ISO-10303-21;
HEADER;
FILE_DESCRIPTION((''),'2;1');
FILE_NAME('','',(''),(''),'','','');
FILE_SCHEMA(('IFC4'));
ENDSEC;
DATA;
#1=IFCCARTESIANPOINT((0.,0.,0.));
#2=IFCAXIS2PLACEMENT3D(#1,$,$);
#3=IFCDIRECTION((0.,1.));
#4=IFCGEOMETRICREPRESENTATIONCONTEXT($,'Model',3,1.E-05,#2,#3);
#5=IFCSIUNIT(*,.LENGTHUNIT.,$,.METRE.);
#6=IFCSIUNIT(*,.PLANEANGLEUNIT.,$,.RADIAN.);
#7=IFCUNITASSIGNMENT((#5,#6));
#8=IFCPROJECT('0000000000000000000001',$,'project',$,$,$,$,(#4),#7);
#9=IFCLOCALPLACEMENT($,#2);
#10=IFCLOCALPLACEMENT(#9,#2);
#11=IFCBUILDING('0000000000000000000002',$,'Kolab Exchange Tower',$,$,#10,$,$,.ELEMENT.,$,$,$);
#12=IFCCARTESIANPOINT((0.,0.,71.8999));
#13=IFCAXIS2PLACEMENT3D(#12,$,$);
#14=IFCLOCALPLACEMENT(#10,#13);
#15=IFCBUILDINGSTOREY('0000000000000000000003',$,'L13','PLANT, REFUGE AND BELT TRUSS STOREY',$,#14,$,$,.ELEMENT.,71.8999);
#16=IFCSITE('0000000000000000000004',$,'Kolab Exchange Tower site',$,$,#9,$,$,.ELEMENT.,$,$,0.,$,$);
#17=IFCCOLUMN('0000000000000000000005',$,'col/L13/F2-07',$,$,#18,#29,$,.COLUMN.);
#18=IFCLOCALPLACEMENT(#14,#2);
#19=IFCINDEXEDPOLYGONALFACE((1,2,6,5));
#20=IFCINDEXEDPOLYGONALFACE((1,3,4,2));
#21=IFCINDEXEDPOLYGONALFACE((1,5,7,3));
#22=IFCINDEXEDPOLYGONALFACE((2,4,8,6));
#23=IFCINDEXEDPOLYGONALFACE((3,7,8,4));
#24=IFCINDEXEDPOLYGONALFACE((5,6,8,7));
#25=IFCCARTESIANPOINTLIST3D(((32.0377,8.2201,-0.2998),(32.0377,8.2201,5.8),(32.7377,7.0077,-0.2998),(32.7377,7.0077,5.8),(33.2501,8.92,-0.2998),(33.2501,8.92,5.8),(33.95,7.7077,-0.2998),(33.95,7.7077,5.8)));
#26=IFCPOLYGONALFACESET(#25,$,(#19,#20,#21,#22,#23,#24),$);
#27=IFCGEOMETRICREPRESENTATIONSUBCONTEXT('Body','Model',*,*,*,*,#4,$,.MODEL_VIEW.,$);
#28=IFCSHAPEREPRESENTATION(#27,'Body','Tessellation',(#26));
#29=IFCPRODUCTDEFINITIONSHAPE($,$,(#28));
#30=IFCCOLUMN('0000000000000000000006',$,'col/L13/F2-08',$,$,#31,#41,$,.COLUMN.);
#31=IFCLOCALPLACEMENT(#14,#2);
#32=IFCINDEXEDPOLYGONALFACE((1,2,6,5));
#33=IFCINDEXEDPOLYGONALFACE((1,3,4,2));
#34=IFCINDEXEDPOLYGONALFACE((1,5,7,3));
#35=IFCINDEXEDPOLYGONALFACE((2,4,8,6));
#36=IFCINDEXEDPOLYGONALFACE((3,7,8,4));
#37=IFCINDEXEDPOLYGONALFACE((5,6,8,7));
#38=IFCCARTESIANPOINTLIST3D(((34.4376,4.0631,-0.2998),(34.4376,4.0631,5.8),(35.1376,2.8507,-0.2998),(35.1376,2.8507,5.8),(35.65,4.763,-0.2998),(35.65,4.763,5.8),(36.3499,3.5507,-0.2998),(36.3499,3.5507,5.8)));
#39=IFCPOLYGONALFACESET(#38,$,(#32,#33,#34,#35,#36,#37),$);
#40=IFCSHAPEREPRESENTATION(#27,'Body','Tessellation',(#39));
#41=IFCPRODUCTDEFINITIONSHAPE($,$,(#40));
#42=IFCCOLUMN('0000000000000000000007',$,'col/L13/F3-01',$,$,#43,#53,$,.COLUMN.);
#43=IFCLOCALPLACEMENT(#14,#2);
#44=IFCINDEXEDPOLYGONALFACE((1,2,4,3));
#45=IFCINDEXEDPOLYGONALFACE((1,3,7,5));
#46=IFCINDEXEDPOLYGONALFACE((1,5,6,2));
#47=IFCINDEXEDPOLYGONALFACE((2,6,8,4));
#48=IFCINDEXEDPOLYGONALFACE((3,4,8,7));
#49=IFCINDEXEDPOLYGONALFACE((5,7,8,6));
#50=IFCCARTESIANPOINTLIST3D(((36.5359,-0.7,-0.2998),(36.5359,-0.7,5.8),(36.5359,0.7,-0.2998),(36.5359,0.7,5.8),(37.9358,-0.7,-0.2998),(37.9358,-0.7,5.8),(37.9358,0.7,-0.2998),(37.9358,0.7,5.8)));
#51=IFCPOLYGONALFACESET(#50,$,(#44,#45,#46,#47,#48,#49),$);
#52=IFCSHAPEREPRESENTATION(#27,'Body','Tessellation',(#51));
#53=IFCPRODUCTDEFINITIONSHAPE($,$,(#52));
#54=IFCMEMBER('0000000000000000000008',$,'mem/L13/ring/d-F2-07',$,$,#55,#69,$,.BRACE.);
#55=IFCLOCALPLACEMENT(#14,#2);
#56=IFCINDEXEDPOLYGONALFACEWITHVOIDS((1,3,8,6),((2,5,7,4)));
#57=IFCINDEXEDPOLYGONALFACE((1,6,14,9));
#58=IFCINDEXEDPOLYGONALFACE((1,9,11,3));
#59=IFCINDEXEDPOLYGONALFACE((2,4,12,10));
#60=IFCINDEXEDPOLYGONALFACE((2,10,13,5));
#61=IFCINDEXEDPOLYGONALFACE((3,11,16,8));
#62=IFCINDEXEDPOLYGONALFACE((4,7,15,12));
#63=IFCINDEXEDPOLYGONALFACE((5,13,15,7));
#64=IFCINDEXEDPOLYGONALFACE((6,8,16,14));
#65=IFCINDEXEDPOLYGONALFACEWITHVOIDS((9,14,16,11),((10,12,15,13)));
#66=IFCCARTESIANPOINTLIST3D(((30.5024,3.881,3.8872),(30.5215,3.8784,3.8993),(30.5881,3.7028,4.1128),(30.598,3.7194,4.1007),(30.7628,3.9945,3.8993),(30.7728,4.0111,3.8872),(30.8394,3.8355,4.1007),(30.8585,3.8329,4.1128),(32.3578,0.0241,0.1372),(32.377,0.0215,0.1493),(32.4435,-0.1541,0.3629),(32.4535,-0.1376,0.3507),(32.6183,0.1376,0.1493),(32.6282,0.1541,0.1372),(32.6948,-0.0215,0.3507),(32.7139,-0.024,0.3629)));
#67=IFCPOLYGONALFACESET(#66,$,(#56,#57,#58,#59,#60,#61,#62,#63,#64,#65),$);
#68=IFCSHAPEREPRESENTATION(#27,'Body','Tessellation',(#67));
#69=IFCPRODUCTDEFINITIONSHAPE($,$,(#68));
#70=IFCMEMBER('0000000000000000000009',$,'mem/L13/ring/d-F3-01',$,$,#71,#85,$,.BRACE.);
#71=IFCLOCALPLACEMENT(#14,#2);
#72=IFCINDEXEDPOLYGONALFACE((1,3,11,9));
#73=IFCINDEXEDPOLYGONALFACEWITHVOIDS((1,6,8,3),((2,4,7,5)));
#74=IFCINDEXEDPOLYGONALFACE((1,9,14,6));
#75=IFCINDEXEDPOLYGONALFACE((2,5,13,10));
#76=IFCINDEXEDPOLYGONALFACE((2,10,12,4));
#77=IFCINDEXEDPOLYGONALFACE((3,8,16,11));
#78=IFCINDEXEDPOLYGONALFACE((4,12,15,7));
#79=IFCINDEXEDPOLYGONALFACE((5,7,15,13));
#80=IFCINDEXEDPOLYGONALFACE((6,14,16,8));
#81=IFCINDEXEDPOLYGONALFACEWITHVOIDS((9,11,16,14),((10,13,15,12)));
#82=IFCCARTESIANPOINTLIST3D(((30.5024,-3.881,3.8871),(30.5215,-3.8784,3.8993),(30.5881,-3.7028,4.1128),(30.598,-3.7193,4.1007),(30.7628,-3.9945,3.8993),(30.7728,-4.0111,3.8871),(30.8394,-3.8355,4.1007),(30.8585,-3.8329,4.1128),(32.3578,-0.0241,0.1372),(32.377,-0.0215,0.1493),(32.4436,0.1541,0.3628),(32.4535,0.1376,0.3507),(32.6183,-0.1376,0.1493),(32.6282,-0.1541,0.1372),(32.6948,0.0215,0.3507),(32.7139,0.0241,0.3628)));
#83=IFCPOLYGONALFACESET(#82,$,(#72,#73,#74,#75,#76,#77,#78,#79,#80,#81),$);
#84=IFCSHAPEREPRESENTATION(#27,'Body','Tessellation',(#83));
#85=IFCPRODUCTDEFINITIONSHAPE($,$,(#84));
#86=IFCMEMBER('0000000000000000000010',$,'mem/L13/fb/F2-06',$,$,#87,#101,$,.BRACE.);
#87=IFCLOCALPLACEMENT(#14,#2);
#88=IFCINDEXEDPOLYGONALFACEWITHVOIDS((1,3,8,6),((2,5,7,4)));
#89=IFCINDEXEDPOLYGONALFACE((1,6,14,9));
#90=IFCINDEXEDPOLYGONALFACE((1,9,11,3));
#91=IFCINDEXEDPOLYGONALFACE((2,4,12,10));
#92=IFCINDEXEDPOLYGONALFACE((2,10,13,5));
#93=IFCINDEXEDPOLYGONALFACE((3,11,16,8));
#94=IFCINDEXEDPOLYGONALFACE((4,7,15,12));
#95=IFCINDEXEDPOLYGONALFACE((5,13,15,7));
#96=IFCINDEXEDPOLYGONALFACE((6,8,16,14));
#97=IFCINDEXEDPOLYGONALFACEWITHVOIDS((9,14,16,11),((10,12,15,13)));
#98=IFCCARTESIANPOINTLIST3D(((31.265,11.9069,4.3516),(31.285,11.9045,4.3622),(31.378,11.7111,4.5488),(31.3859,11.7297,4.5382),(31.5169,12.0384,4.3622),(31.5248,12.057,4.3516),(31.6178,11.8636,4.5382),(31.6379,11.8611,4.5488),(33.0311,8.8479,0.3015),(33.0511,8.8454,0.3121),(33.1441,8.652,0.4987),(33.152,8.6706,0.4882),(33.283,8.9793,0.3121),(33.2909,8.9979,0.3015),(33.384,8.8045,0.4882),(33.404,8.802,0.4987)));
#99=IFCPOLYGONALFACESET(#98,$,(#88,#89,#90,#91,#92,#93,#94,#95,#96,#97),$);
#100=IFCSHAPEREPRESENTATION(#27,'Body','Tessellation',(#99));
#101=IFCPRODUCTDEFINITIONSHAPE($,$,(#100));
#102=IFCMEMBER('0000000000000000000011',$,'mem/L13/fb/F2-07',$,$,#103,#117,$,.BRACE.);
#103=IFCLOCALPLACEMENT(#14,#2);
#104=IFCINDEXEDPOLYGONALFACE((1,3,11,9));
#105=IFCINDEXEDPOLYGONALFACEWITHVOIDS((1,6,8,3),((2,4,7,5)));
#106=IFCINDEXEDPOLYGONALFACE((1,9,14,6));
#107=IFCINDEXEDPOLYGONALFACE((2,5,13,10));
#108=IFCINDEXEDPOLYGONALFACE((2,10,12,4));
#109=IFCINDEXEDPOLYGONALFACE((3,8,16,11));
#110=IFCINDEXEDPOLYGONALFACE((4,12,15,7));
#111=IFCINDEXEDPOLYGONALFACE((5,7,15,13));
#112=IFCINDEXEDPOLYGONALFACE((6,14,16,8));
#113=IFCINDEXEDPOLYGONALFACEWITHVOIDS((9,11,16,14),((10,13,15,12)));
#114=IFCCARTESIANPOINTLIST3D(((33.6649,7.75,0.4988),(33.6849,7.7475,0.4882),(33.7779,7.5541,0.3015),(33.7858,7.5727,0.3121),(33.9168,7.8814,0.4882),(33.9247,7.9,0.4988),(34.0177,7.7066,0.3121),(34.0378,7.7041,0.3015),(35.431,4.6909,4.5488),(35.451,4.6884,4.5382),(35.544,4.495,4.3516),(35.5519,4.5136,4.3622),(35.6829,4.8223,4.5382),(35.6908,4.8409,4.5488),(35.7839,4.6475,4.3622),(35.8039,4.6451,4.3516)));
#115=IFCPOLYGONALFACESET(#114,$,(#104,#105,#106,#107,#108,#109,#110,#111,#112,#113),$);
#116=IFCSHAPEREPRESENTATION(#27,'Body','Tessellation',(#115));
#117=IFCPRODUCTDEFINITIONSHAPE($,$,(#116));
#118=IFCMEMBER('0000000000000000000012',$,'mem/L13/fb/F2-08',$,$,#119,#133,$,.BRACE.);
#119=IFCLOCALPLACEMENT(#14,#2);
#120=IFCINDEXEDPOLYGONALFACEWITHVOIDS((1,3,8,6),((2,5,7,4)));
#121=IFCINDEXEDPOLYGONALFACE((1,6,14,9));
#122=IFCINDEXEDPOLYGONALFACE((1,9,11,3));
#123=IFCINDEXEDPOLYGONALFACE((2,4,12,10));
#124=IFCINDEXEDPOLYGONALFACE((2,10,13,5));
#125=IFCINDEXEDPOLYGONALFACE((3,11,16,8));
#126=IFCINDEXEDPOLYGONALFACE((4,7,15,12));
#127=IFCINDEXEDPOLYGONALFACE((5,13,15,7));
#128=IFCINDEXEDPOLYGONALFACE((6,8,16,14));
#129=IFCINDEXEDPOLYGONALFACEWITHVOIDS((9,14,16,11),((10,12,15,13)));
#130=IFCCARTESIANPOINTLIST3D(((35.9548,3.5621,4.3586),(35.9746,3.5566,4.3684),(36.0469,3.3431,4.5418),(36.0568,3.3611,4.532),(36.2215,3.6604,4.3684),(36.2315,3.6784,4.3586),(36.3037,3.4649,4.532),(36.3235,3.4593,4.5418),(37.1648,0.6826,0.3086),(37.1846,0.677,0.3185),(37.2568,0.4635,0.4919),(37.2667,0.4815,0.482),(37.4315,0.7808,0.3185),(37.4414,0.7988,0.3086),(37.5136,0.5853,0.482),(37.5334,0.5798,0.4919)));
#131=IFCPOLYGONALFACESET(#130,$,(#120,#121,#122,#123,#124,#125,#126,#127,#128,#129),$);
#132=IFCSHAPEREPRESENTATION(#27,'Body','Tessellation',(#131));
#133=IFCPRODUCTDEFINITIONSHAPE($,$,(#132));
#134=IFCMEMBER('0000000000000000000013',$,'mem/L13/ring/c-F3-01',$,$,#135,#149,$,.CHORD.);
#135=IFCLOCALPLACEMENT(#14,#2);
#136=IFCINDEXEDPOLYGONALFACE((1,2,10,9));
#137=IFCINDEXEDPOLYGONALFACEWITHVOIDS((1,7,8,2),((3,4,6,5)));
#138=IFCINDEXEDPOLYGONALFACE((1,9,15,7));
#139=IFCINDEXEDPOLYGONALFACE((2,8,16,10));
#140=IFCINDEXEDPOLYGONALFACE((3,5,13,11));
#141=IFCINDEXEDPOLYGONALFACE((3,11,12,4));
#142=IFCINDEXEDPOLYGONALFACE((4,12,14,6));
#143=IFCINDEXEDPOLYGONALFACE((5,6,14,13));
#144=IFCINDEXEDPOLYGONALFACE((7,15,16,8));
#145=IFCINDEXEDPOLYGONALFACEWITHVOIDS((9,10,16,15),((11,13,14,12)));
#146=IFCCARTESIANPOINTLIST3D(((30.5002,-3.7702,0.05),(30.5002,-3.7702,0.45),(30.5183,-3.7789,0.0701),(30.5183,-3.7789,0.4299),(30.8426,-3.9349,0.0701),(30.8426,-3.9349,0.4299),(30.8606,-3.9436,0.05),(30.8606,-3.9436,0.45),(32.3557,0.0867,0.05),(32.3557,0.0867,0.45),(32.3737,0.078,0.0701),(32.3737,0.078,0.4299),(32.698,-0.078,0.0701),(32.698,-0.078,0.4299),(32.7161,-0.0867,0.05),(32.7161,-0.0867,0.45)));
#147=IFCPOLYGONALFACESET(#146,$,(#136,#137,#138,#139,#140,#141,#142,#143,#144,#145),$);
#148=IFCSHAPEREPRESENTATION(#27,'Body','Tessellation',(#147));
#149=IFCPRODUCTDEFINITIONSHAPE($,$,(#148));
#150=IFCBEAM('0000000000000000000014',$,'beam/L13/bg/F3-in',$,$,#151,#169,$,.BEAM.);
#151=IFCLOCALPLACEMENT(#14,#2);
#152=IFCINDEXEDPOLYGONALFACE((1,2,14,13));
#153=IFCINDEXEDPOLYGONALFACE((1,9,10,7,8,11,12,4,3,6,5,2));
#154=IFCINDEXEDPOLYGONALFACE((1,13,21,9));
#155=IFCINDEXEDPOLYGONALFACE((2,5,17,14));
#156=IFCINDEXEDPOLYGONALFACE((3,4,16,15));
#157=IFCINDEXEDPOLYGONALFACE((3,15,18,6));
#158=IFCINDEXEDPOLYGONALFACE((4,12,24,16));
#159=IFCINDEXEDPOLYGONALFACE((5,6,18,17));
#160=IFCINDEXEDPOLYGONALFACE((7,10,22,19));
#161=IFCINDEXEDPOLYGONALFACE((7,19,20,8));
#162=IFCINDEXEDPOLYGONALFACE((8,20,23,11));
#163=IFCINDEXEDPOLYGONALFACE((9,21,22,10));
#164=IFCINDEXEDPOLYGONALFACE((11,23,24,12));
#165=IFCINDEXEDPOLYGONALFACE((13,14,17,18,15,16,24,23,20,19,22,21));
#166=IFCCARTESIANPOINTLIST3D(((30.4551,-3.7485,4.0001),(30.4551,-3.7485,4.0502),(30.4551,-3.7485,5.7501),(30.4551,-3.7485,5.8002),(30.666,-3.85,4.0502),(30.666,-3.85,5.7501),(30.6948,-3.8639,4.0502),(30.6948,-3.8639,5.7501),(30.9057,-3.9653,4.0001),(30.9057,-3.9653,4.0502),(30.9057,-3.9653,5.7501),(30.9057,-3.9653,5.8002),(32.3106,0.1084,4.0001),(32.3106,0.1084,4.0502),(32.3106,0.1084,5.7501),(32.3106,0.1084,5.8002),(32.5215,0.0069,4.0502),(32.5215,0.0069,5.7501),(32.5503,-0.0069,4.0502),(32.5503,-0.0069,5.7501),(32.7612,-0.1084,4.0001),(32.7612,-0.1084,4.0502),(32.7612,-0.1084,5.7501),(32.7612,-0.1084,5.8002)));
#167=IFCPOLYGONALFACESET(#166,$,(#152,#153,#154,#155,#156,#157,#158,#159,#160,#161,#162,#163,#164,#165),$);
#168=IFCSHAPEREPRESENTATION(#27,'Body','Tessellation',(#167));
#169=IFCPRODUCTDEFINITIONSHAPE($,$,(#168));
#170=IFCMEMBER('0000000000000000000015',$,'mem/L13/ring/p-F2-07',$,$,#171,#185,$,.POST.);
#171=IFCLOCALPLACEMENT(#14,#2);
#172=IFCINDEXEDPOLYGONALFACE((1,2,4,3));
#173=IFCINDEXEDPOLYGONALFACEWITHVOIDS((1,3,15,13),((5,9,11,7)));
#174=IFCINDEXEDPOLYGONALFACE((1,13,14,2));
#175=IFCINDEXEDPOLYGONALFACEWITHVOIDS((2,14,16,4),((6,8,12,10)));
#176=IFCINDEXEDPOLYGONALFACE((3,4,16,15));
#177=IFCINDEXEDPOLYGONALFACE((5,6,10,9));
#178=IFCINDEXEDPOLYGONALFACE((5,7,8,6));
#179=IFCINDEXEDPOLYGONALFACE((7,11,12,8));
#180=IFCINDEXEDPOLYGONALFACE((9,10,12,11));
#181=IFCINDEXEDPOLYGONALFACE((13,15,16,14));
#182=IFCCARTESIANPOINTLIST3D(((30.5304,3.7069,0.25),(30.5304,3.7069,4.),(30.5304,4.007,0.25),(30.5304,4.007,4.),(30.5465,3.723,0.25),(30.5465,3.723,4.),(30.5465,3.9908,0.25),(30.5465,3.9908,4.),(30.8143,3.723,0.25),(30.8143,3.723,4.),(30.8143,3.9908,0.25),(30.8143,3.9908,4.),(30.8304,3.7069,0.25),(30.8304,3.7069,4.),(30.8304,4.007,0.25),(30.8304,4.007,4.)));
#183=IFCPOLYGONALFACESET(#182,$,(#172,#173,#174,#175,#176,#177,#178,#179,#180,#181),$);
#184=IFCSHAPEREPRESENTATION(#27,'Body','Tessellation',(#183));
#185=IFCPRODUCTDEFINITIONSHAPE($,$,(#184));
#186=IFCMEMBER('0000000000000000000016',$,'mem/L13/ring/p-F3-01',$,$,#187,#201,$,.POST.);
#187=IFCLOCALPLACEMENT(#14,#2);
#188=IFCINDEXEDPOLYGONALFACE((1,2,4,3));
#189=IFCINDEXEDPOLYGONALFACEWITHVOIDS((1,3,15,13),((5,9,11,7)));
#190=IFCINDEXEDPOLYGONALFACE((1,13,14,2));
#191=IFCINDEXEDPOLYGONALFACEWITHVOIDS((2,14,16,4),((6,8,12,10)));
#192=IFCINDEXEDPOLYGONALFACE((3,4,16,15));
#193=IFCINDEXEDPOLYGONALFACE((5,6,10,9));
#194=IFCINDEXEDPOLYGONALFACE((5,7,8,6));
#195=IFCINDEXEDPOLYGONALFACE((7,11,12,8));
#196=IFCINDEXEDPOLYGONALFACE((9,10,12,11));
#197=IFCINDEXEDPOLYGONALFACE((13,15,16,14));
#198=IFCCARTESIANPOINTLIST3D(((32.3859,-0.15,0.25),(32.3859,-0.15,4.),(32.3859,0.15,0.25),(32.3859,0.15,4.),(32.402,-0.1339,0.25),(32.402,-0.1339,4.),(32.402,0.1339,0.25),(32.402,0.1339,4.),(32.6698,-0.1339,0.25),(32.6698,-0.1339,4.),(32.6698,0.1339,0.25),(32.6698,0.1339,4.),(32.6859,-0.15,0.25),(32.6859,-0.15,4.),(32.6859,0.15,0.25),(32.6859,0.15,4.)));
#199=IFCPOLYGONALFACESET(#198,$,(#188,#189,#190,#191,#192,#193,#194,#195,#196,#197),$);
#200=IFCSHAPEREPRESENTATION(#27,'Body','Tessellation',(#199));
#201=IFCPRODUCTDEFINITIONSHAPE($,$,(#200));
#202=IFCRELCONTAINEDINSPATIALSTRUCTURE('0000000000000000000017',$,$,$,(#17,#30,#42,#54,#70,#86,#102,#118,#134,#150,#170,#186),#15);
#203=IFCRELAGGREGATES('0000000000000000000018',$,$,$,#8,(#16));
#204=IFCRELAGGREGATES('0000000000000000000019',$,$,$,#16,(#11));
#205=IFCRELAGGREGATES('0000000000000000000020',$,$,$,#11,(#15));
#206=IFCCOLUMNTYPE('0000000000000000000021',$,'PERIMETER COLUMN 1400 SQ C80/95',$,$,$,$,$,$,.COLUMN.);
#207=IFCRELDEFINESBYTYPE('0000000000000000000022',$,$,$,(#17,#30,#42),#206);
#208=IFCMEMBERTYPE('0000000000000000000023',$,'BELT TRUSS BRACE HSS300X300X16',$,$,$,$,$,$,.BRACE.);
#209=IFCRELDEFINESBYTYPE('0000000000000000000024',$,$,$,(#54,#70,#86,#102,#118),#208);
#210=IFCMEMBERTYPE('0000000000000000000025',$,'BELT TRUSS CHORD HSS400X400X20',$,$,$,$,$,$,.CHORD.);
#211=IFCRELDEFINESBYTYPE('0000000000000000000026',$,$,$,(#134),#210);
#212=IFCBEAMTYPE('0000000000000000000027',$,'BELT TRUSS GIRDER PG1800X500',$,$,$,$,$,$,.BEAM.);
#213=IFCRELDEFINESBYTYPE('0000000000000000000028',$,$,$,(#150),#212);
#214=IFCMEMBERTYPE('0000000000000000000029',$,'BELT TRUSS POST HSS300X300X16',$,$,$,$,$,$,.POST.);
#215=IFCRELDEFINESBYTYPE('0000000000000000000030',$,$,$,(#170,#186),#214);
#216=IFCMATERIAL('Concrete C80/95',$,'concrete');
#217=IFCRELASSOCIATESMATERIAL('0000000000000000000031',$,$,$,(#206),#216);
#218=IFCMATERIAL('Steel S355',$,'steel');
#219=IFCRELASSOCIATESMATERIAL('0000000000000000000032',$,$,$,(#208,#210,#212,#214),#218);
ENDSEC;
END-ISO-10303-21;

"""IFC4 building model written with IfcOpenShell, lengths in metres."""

from ifc_helpers import new_model, si_unit, direction, frame, origin, origin_2d, place, context, subcontext, project, spatial, rectangle, hollow_rectangle, i_section, extrude, material, material_profile, profile_set, type_object, element, save


model = new_model("IFC4")

# Units and contexts
model_context = context("Model", 3, precision=1e-05, world=origin(), true_north=direction((0.0, 1.0)))
body_context = subcontext(model_context, "Body", "Model", "MODEL_VIEW")
ifc_project = project(units=[si_unit("LENGTHUNIT", "METRE"), si_unit("PLANEANGLEUNIT", "RADIAN")], contexts=[model_context])

# Site, building, storey
site_placement = place(None, origin())
site = spatial("IfcSite", under=ifc_project, at=site_placement, Name="Kolab Exchange Tower site", CompositionType="ELEMENT", RefElevation=0.0)
building_placement = place(site_placement, origin())
building = spatial("IfcBuilding", under=site, at=building_placement, Name="Kolab Exchange Tower", CompositionType="ELEMENT")
storey_placement = place(building_placement, frame((0.0, 0.0, 71.8999)))
storey = spatial("IfcBuildingStorey", under=building, at=storey_placement, Name="L13", Description="PLANT, REFUGE AND BELT TRUSS STOREY", CompositionType="ELEMENT", Elevation=71.8999)

# Columns
ifc_material_1 = material(Name="Concrete C80/95", Category="concrete")
ifc_material_profile_1 = material_profile(ifc_material_1, rectangle(XDim=1.3999, YDim=1.3999, at=origin_2d()), Name="RC1400")
ifc_profile_set_1 = profile_set([ifc_material_profile_1], Name="Concrete C80/95")
column_type = type_object("IfcColumnType", Name="PERIMETER COLUMN 1400 SQ C80/95", PredefinedType="COLUMN", material=ifc_profile_set_1)
for number, where, z_axis, x_axis, name in (
    (1, (32.9939, 7.9639, -0.2998), (0.0, 0.0, 1.0), (0.866025, 0.5, 0.0), "col/L13/F2-07"),
    (2, (35.3938, 3.8069, -0.2998), (0.0, 0.0, 1.0), (0.866025, 0.5, 0.0), "col/L13/F2-08"),
    (3, (37.2358, 0.0, -0.2998), (0.0, 0.0, 1.0), (1.0, 0.0, 0.0), "col/L13/F3-01"),
):
    element("IfcColumn", number, at=place(storey_placement, frame(where, z_axis=z_axis, x_axis=x_axis)), inside=storey, type_object=column_type, Name=name, PredefinedType="COLUMN", context=body_context, shape_type="SweptSolid", body=[
        extrude(rectangle(XDim=1.3999, YDim=1.3999, at=origin_2d()), origin(), (0.0, 0.0, 1.0), 6.0999),
    ])

# Members
ifc_material_2 = material(Name="Steel S355", Category="steel")
ifc_material_profile_2 = material_profile(ifc_material_2, hollow_rectangle(XDim=0.3, YDim=0.3, WallThickness=0.0161, at=origin_2d()), Name="HSS300X300X16")
ifc_profile_set_2 = profile_set([ifc_material_profile_2], Name="Steel S355")
member_type_1 = type_object("IfcMemberType", Name="BELT TRUSS BRACE HSS300X300X16", PredefinedType="BRACE", material=ifc_profile_set_2)
for number, where, z_axis, x_axis, name in (
    (4, (30.6804, 3.8569, 4.0), (0.326067, -0.677791, -0.658999), (0.901145, 0.433517, 0.0), "mem/L13/ring/d-F2-07"),
    (5, (32.5359, 0.0, 0.25), (-0.326067, -0.677791, 0.658999), (0.901145, -0.433517, 0.0), "mem/L13/ring/d-F3-01"),
):
    element("IfcMember", number, at=place(storey_placement, frame(where, z_axis=z_axis, x_axis=x_axis)), inside=storey, type_object=member_type_1, Name=name, PredefinedType="BRACE", context=body_context, shape_type="SweptSolid", body=[
        extrude(hollow_rectangle(XDim=0.3, YDim=0.3, WallThickness=0.0161, at=origin_2d()), origin(), (0.0, 0.0, 1.0), 5.6904),
    ])
for number, where, z_axis, x_axis, name in (
    (6, (31.4514, 11.884, 4.4502), (0.328639, -0.569236, -0.753636), (0.866031, 0.49999, 0.0), "mem/L13/fb/F2-06"),
    (7, (33.8513, 7.7271, 0.4001), (0.328639, -0.569236, 0.753636), (0.866031, 0.49999, 0.0), "mem/L13/fb/F2-07"),
):
    element("IfcMember", number, at=place(storey_placement, frame(where, z_axis=z_axis, x_axis=x_axis)), inside=storey, type_object=member_type_1, Name=name, PredefinedType="BRACE", context=body_context, shape_type="SweptSolid", body=[
        extrude(hollow_rectangle(XDim=0.3, YDim=0.3, WallThickness=0.0161, at=origin_2d()), origin(), (0.0, 0.0, 1.0), 5.374),
    ])
member_1_placement = place(storey_placement, frame((36.1392, 3.5107, 4.4502), z_axis=(0.23657, -0.563022, -0.791859), x_axis=(0.921923, 0.387372, 0.0)))
element("IfcMember", 8, at=member_1_placement, inside=storey, type_object=member_type_1, Name="mem/L13/fb/F2-08", PredefinedType="BRACE", context=body_context, shape_type="SweptSolid", body=[
    extrude(hollow_rectangle(XDim=0.3, YDim=0.3, WallThickness=0.0161, at=origin_2d()), origin(), (0.0, 0.0, 1.0), 5.1145),
])
ifc_material_profile_3 = material_profile(ifc_material_2, hollow_rectangle(XDim=0.3999, YDim=0.3999, WallThickness=0.02, at=origin_2d()), Name="HSS400X400X20")
ifc_profile_set_3 = profile_set([ifc_material_profile_3], Name="Steel S355")
member_type_2 = type_object("IfcMemberType", Name="BELT TRUSS CHORD HSS400X400X20", PredefinedType="CHORD", material=ifc_profile_set_3)
member_2_placement = place(storey_placement, frame((32.5359, 0.0, 0.25), z_axis=(-0.433517, -0.901145, 0.0), x_axis=(0.901145, -0.433517, 0.0)))
element("IfcMember", 9, at=member_2_placement, inside=storey, type_object=member_type_2, Name="mem/L13/ring/c-F3-01", PredefinedType="CHORD", context=body_context, shape_type="SweptSolid", body=[
    extrude(hollow_rectangle(XDim=0.3999, YDim=0.3999, WallThickness=0.02, at=origin_2d()), origin(), (0.0, 0.0, 1.0), 4.28),
])

# Beam
ifc_material_profile_4 = material_profile(ifc_material_2, i_section(OverallWidth=0.5, OverallDepth=1.8, WebThickness=0.032, FlangeThickness=0.05, at=origin_2d()), Name="PG1800X500")
ifc_profile_set_4 = profile_set([ifc_material_profile_4], Name="Steel S355")
beam_type_1 = type_object("IfcBeamType", Name="BELT TRUSS GIRDER PG1800X500", PredefinedType="BEAM", material=ifc_profile_set_4)
beam_1_placement = place(storey_placement, frame((32.5359, 0.0, 4.9001), z_axis=(-0.433517, -0.901145, 0.0), x_axis=(0.901145, -0.433517, 0.0)))
element("IfcBeam", 10, at=beam_1_placement, inside=storey, type_object=beam_type_1, Name="beam/L13/bg/F3-in", PredefinedType="BEAM", context=body_context, shape_type="SweptSolid", body=[
    extrude(i_section(OverallWidth=0.5, OverallDepth=1.8, WebThickness=0.032, FlangeThickness=0.05, at=origin_2d()), origin(), (0.0, 0.0, 1.0), 4.28),
])

# Members
ifc_material_profile_5 = material_profile(ifc_material_2, hollow_rectangle(XDim=0.3, YDim=0.3, WallThickness=0.0161, at=origin_2d()), Name="HSS300X300X16")
ifc_profile_set_5 = profile_set([ifc_material_profile_5], Name="Steel S355")
member_type_3 = type_object("IfcMemberType", Name="BELT TRUSS POST HSS300X300X16", PredefinedType="POST", material=ifc_profile_set_5)
for number, where, z_axis, x_axis, name in (
    (11, (30.6804, 3.8569, 0.25), (0.0, 0.0, 1.0), (1.0, 0.0, 0.0), "mem/L13/ring/p-F2-07"),
    (12, (32.5359, 0.0, 0.25), (0.0, 0.0, 1.0), (1.0, 0.0, 0.0), "mem/L13/ring/p-F3-01"),
):
    element("IfcMember", number, at=place(storey_placement, frame(where, z_axis=z_axis, x_axis=x_axis)), inside=storey, type_object=member_type_3, Name=name, PredefinedType="POST", context=body_context, shape_type="SweptSolid", body=[
        extrude(hollow_rectangle(XDim=0.3, YDim=0.3, WallThickness=0.0161, at=origin_2d()), origin(), (0.0, 0.0, 1.0), 3.75),
    ])

save(model, "model.ifc")
